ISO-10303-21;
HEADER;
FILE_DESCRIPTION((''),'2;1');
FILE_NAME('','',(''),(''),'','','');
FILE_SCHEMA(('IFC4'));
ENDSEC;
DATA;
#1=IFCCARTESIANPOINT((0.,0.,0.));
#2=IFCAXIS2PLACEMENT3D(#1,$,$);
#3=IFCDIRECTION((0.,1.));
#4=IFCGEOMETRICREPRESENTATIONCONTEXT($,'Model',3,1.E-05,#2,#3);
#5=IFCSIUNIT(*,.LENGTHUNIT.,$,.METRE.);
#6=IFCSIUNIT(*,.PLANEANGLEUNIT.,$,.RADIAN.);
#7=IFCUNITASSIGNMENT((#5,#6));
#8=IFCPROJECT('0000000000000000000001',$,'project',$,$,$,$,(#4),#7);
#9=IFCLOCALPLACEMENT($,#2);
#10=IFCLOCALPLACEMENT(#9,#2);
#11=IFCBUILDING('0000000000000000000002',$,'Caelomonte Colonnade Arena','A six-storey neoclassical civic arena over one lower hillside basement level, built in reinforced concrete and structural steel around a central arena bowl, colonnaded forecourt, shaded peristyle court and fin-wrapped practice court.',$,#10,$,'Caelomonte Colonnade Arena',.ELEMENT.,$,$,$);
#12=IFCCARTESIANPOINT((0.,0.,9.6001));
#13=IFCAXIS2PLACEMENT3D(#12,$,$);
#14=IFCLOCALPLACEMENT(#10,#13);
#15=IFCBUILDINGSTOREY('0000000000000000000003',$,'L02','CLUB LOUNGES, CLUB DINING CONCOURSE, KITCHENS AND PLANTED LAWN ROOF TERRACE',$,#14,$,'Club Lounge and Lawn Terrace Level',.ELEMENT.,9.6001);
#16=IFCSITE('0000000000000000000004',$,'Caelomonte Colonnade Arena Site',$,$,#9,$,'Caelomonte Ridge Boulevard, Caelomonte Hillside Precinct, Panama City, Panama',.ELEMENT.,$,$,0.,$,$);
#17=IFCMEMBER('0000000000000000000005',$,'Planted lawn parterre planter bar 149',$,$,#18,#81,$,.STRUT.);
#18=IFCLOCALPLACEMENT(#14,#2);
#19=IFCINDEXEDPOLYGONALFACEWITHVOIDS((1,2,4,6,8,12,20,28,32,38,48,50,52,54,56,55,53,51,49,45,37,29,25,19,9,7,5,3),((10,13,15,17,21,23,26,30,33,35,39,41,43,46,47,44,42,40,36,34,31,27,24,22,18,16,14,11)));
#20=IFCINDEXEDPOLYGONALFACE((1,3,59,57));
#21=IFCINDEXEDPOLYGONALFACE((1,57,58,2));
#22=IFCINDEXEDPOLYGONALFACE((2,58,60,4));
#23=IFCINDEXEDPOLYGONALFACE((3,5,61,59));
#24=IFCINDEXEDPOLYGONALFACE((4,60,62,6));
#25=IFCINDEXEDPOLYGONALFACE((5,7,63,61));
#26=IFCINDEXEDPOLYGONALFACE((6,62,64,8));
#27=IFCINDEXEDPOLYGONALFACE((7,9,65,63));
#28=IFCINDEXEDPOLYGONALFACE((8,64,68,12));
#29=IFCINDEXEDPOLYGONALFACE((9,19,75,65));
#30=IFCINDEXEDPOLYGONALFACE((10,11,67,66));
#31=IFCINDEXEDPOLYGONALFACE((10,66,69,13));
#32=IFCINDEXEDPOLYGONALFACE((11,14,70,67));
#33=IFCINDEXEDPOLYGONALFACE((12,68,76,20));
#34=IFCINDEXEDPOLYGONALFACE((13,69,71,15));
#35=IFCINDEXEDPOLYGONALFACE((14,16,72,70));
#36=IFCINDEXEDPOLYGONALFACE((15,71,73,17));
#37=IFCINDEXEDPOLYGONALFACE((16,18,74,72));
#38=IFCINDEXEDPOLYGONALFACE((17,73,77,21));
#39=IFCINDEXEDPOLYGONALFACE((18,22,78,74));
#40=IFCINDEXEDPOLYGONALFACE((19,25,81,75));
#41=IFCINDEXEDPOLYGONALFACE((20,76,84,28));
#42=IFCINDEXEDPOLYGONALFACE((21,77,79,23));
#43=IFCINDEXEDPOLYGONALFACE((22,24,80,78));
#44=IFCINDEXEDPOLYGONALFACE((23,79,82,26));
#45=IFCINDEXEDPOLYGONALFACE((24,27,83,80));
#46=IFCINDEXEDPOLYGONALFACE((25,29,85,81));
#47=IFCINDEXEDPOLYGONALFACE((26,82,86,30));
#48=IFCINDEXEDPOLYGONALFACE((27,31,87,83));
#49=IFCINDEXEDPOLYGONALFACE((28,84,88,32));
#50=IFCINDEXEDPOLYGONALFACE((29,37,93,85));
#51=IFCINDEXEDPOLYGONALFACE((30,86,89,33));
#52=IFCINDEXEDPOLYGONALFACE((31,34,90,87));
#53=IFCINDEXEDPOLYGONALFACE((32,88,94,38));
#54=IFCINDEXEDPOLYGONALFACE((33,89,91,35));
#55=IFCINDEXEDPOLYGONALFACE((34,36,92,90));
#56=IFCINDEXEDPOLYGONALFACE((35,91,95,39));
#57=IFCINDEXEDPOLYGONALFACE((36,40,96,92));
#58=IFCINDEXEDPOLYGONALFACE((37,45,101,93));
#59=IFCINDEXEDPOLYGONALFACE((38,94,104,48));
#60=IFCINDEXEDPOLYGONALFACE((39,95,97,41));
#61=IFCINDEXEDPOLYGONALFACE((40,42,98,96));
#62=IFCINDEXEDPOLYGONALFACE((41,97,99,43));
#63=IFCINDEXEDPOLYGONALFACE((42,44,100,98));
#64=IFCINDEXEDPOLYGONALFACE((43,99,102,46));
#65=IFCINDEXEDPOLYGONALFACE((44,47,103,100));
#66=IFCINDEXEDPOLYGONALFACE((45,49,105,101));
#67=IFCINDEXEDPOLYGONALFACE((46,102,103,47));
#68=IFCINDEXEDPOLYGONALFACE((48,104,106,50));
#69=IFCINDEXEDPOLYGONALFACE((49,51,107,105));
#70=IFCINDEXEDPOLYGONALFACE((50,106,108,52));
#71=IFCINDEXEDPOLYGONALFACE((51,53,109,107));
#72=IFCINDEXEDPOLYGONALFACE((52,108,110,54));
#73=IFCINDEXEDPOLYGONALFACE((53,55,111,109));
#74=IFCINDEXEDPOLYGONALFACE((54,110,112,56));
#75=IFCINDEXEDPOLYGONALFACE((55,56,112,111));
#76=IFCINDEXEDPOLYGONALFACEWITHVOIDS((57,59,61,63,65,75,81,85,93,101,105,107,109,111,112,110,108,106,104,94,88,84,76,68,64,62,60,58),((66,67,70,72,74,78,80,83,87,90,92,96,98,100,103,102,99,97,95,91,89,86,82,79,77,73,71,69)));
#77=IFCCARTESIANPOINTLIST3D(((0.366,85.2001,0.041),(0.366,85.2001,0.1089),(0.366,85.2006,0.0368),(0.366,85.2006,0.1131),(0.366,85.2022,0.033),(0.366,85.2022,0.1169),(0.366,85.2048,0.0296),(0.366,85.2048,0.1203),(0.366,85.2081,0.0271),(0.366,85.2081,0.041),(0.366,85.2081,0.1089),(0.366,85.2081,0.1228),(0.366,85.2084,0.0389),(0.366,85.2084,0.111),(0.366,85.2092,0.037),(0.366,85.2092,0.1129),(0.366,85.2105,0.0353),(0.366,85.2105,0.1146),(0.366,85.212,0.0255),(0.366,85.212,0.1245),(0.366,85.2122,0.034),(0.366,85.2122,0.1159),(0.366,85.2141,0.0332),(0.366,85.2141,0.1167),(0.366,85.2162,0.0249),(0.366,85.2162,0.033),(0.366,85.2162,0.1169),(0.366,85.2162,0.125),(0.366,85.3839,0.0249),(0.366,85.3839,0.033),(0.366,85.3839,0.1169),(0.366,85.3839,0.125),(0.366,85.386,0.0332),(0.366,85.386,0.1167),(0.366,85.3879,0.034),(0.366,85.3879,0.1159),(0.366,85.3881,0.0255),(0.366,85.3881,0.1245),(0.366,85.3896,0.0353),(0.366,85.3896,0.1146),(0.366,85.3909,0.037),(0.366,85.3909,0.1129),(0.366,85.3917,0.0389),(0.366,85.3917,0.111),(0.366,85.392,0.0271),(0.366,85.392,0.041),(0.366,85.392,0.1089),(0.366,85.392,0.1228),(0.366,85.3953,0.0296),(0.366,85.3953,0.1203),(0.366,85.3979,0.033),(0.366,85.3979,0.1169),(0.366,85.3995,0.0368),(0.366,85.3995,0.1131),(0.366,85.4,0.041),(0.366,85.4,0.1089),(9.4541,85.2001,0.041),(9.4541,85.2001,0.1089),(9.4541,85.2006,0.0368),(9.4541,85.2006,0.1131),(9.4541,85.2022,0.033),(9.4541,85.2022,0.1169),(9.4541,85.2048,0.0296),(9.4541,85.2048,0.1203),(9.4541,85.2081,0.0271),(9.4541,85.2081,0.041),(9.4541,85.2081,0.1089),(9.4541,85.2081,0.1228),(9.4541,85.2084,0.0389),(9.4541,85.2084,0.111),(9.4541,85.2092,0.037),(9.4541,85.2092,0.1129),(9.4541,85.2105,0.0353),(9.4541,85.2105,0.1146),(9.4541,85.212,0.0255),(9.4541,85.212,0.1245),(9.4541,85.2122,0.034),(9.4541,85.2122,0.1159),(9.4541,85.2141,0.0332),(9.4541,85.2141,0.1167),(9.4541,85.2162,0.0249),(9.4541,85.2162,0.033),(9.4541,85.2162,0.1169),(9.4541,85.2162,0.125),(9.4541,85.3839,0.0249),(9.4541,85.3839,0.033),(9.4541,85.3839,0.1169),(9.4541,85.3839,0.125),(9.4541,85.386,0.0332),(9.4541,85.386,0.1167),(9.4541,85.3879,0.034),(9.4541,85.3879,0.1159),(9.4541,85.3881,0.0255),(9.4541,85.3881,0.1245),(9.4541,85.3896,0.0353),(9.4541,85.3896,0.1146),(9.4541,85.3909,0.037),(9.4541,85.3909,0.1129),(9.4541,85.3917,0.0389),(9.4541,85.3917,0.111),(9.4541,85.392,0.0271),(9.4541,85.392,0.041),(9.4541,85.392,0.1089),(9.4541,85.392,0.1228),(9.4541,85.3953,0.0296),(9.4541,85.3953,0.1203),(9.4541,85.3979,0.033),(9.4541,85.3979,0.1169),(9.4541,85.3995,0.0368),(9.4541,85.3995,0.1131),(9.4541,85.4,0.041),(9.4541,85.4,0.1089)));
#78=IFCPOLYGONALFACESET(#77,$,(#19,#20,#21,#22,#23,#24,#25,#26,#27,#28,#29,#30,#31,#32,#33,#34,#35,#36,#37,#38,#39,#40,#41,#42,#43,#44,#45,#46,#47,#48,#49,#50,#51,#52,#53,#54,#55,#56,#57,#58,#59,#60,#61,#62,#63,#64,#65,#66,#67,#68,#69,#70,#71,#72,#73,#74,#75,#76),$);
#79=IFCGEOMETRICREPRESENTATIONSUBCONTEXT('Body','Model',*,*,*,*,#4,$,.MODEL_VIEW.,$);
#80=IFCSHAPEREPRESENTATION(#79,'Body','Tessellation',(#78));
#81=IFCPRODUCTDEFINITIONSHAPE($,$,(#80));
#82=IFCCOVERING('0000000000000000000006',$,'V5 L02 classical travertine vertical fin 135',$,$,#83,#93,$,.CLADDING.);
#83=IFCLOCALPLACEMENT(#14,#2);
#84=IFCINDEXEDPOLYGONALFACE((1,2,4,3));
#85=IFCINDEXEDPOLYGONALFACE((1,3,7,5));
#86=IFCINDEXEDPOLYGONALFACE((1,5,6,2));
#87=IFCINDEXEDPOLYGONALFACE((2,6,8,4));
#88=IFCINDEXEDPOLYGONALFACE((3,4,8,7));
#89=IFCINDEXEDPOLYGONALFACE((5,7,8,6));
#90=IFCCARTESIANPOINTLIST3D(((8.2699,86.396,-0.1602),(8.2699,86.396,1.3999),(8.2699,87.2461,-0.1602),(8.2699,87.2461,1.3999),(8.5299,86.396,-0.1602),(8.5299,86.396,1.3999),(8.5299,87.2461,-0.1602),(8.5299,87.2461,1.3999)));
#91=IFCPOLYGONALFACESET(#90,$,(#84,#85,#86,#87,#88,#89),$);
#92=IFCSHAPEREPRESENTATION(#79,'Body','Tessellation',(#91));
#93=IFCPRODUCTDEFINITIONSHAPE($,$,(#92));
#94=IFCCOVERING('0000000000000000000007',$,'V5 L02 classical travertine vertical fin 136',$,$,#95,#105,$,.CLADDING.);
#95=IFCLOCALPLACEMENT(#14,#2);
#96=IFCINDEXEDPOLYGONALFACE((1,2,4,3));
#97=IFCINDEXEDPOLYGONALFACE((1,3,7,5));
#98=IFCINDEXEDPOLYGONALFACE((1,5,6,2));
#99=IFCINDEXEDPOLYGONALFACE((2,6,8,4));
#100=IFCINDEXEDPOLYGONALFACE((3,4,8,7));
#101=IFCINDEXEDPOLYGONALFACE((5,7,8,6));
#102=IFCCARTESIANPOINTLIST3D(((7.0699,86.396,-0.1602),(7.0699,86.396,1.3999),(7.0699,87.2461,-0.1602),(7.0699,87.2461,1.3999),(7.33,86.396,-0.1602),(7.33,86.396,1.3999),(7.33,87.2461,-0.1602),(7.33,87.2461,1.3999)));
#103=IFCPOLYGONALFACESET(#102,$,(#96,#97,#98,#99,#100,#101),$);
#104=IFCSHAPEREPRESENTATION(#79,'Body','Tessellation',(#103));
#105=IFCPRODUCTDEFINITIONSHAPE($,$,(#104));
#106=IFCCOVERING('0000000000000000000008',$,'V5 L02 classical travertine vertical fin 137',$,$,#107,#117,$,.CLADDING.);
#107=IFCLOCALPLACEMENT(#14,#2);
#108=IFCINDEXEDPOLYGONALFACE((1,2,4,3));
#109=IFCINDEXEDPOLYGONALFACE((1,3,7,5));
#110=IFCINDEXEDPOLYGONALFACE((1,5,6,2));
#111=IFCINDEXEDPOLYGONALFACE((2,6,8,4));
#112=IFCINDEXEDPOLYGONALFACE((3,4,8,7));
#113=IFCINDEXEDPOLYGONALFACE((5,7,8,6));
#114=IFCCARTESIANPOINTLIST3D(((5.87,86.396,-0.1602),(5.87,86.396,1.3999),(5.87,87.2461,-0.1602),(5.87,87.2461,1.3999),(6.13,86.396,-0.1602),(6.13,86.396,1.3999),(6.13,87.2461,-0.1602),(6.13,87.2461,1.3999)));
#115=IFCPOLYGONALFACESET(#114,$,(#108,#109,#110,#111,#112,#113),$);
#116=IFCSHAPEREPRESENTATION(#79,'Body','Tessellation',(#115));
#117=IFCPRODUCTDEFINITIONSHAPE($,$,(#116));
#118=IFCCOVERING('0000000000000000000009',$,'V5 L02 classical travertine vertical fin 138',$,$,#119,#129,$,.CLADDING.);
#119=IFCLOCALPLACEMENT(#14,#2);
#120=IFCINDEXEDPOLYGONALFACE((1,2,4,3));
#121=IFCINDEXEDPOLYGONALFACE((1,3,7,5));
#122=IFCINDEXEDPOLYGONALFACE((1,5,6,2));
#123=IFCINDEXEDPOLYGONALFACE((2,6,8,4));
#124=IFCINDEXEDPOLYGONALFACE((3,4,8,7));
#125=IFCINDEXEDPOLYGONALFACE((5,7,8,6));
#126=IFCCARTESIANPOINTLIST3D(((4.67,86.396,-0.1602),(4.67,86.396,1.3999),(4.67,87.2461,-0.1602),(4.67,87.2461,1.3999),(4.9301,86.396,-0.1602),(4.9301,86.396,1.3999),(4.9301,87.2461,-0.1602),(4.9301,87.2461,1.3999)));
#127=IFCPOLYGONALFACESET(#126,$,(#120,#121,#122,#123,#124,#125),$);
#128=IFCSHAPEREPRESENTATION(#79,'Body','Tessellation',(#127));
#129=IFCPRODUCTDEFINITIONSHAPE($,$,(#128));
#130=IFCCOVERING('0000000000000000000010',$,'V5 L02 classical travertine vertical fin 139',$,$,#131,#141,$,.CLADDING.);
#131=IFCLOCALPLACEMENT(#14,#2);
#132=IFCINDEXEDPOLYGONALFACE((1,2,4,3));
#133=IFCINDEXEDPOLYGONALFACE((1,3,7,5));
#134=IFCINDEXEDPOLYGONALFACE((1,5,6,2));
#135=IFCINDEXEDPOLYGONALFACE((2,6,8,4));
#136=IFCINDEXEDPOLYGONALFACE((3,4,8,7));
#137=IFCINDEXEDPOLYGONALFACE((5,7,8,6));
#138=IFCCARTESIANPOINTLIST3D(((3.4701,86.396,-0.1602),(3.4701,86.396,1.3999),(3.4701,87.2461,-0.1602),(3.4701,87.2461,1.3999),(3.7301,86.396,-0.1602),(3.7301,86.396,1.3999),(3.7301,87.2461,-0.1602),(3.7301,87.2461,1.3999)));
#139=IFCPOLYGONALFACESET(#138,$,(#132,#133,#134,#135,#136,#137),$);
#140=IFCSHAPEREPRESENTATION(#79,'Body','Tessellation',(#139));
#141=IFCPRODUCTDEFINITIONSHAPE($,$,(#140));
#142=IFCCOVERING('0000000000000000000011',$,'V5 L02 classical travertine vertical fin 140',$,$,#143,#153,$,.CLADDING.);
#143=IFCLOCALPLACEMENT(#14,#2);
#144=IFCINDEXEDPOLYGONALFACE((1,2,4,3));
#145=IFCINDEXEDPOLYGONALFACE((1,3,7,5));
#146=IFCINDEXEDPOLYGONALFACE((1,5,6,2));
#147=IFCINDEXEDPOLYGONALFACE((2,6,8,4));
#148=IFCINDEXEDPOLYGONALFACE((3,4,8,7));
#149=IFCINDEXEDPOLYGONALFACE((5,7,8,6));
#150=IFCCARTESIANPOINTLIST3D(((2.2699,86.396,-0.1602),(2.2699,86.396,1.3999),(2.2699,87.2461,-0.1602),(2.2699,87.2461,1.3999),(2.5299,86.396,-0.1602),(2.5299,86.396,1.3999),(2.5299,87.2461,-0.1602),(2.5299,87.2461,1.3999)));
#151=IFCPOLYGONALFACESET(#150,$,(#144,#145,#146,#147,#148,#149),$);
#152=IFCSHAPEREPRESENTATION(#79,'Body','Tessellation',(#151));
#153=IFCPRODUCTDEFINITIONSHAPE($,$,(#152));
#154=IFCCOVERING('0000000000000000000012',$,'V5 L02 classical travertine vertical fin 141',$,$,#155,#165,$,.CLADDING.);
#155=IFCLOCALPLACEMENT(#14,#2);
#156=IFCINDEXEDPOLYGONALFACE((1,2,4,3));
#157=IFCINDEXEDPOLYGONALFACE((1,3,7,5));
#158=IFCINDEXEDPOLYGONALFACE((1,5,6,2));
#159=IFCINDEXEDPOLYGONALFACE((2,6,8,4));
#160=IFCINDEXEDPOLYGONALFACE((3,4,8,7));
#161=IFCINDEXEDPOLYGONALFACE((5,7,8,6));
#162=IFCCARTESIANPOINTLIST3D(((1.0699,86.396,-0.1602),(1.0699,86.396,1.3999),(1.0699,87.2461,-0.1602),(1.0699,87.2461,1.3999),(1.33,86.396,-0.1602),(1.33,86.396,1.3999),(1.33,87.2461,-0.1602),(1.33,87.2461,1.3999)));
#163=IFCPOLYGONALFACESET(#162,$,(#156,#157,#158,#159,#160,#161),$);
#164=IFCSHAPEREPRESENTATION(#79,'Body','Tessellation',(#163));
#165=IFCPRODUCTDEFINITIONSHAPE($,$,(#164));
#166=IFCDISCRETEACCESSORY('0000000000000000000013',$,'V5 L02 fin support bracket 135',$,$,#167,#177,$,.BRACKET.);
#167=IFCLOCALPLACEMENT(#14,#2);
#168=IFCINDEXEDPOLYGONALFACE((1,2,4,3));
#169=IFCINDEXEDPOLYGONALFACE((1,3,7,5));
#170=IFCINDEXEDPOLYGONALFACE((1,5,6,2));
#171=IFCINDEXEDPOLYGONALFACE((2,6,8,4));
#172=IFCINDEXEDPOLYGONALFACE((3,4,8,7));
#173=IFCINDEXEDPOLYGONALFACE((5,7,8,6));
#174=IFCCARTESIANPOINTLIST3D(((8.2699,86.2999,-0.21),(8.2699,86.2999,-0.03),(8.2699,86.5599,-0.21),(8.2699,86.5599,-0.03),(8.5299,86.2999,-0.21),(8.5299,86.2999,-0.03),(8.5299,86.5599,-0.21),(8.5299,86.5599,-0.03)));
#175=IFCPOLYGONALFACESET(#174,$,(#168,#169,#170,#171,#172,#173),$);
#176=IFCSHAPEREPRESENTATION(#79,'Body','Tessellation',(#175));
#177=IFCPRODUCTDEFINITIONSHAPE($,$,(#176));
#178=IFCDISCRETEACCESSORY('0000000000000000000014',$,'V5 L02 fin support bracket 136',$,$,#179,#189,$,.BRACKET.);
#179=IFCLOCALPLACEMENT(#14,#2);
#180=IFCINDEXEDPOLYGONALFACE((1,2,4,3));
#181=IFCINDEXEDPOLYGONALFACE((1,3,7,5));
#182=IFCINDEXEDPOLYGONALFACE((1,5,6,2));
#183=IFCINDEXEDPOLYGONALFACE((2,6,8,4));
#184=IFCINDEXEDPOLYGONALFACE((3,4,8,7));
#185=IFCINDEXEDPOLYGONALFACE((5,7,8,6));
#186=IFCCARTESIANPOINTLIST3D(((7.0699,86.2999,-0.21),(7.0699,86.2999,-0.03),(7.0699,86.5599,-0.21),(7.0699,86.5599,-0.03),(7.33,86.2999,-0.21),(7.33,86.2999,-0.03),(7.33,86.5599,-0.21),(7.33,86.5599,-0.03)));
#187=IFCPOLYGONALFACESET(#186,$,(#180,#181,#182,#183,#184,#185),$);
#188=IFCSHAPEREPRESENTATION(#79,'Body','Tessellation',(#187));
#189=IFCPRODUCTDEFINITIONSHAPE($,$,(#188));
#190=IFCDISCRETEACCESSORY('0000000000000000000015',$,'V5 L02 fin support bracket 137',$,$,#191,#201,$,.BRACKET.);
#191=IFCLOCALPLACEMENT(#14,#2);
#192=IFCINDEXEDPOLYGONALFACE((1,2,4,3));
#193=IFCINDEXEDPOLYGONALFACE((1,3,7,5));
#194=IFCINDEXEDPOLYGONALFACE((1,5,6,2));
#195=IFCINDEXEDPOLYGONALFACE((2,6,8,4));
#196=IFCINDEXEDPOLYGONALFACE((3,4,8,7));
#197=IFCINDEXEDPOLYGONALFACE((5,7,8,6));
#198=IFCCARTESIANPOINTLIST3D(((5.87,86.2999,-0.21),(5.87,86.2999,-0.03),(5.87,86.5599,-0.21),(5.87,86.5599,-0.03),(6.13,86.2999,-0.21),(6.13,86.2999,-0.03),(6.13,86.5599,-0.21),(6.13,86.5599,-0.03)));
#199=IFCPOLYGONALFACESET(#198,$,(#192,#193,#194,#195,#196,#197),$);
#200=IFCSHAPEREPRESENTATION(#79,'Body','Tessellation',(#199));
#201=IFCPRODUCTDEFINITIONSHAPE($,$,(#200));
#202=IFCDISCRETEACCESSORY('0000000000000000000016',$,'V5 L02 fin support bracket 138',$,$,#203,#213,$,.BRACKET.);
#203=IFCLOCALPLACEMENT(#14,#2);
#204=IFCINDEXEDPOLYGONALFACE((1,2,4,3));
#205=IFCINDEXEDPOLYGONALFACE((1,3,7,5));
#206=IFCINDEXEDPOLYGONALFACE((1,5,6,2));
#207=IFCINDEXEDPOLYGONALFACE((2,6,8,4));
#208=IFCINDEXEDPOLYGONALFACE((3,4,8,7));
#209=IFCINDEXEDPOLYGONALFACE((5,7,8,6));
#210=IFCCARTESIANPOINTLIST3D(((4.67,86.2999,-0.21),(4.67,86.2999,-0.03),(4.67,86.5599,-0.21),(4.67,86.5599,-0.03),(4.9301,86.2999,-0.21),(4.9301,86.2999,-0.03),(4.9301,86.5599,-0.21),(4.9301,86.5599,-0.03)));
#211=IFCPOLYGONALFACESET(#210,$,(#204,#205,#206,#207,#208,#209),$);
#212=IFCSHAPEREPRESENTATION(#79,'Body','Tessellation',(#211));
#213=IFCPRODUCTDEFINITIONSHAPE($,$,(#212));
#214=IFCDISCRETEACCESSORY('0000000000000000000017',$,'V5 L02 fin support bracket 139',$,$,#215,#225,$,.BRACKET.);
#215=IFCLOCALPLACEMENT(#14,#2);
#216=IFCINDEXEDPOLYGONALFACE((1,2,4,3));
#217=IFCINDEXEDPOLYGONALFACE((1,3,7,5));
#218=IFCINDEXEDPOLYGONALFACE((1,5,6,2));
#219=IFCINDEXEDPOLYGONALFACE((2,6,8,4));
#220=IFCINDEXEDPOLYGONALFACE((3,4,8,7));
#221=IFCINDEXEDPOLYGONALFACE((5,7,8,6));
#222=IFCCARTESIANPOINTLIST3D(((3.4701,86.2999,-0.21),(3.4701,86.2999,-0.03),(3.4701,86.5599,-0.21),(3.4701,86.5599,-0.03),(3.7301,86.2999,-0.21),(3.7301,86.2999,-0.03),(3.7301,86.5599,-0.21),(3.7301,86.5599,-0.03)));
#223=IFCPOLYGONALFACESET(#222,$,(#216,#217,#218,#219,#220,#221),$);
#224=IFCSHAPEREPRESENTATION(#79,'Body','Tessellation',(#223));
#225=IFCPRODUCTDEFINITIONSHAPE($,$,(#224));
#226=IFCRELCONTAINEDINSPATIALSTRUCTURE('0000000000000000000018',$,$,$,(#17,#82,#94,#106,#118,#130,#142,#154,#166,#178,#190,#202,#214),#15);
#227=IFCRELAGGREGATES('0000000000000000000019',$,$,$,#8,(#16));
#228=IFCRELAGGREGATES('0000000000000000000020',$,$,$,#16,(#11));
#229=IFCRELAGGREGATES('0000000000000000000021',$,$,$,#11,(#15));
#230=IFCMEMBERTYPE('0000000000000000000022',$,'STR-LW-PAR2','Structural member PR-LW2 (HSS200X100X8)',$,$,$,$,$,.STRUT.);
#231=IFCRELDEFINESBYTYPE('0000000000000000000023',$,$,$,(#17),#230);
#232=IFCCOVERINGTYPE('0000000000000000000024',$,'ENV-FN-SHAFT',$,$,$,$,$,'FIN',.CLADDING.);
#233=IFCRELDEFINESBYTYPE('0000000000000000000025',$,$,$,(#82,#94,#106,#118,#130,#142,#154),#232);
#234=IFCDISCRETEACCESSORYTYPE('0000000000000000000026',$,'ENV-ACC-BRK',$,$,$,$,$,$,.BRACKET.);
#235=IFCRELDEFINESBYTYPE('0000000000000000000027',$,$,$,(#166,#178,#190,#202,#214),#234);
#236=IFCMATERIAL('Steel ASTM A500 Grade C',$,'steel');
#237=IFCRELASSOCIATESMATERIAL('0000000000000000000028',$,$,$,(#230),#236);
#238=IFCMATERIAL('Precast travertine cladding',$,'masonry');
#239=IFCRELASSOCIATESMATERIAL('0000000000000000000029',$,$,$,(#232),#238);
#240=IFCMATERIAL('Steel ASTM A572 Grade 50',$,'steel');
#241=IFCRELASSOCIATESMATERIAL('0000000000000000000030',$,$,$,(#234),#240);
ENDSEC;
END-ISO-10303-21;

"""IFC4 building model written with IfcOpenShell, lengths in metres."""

from ifc_helpers import new_model, si_unit, direction, frame, origin, origin_2d, place, context, subcontext, project, spatial, rectangle, hollow_rectangle, extrude, material, material_profile, profile_set, type_object, element, save


model = new_model("IFC4")

# Units and contexts
model_context = context("Model", 3, precision=1e-05, world=origin(), true_north=direction((0.0, 1.0)))
body_context = subcontext(model_context, "Body", "Model", "MODEL_VIEW")
ifc_project = project(units=[si_unit("LENGTHUNIT", "METRE"), si_unit("PLANEANGLEUNIT", "RADIAN")], contexts=[model_context])

# Site, building, storey
site_placement = place(None, origin())
site = spatial("IfcSite", under=ifc_project, at=site_placement, Name="Caelomonte Colonnade Arena Site", LongName="Caelomonte Ridge Boulevard, Caelomonte Hillside Precinct, Panama City, Panama", CompositionType="ELEMENT", RefElevation=0.0)
building_placement = place(site_placement, origin())
building = spatial("IfcBuilding", under=site, at=building_placement, Name="Caelomonte Colonnade Arena", Description="A six-storey neoclassical civic arena over one lower hillside basement level, built in reinforced concrete and structural steel around a central arena bowl, colonnaded forecourt, shaded peristyle court and fin-wrapped practice court.", LongName="Caelomonte Colonnade Arena", CompositionType="ELEMENT")
storey_placement = place(building_placement, frame((0.0, 0.0, 9.6001)))
storey = spatial("IfcBuildingStorey", under=building, at=storey_placement, Name="L02", Description="CLUB LOUNGES, CLUB DINING CONCOURSE, KITCHENS AND PLANTED LAWN ROOF TERRACE", LongName="Club Lounge and Lawn Terrace Level", CompositionType="ELEMENT", Elevation=9.6001)

# Member
ifc_material_1 = material(Name="Steel ASTM A500 Grade C", Category="steel")
ifc_material_profile_1 = material_profile(ifc_material_1, hollow_rectangle(XDim=0.2, YDim=0.1001, WallThickness=0.0081, InnerFilletRadius=0.0081, OuterFilletRadius=0.0161, at=origin_2d()), Name="HSS200X100X8")
ifc_profile_set_1 = profile_set([ifc_material_profile_1], Name="Steel ASTM A500 Grade C")
member_type_1 = type_object("IfcMemberType", Name="STR-LW-PAR2", Description="Structural member PR-LW2 (HSS200X100X8)", PredefinedType="STRUT", material=ifc_profile_set_1)
for number, where, z_axis, x_axis, name in (
    (1, (0.366, 85.3, 0.075), (1.0, 0.0, 0.0), (0.0, 1.0, 0.0), "Planted lawn parterre planter bar 149"),
):
    element("IfcMember", number, at=place(storey_placement, frame(where, z_axis=z_axis, x_axis=x_axis)), inside=storey, type_object=member_type_1, Name=name, PredefinedType="STRUT", context=body_context, shape_type="SweptSolid", body=[
        extrude(hollow_rectangle(XDim=0.2, YDim=0.1001, WallThickness=0.0081, InnerFilletRadius=0.0081, OuterFilletRadius=0.0161, at=origin_2d()), origin(), (0.0, 0.0, 1.0), 9.0881),
    ])

# Coverings
ifc_material_2 = material(Name="Precast travertine cladding", Category="masonry")
ifc_material_profile_2 = material_profile(ifc_material_2, rectangle(XDim=0.26, YDim=0.8501, at=origin_2d()), Name="FIN260X850")
ifc_profile_set_2 = profile_set([ifc_material_profile_2], Name="Precast travertine cladding")
covering_type = type_object("IfcCoveringType", Name="ENV-FN-SHAFT", ElementType="FIN", PredefinedType="CLADDING", material=ifc_profile_set_2)
for number, where, z_axis, x_axis, name in (
    (2, (8.3999, 86.821, -0.1602), (0.0, 0.0, 1.0), (1.0, 0.0, 0.0), "V5 L02 classical travertine vertical fin 135"),
    (3, (7.2, 86.821, -0.1602), (0.0, 0.0, 1.0), (1.0, 0.0, 0.0), "V5 L02 classical travertine vertical fin 136"),
    (4, (6.0, 86.821, -0.1602), (0.0, 0.0, 1.0), (1.0, 0.0, 0.0), "V5 L02 classical travertine vertical fin 137"),
    (5, (4.8, 86.821, -0.1602), (0.0, 0.0, 1.0), (1.0, 0.0, 0.0), "V5 L02 classical travertine vertical fin 138"),
    (6, (3.6001, 86.821, -0.1602), (0.0, 0.0, 1.0), (1.0, 0.0, 0.0), "V5 L02 classical travertine vertical fin 139"),
    (7, (2.3999, 86.821, -0.1602), (0.0, 0.0, 1.0), (1.0, 0.0, 0.0), "V5 L02 classical travertine vertical fin 140"),
    (8, (1.2, 86.821, -0.1602), (0.0, 0.0, 1.0), (1.0, 0.0, 0.0), "V5 L02 classical travertine vertical fin 141"),
):
    element("IfcCovering", number, at=place(storey_placement, frame(where, z_axis=z_axis, x_axis=x_axis)), inside=storey, type_object=covering_type, Name=name, PredefinedType="CLADDING", context=body_context, shape_type="SweptSolid", body=[
        extrude(rectangle(XDim=0.26, YDim=0.8501, at=origin_2d()), origin(), (0.0, 0.0, 1.0), 1.5601),
    ])

# Discrete accessories
ifc_material_3 = material(Name="Steel ASTM A572 Grade 50", Category="steel")
discrete_accessory_type = type_object("IfcDiscreteAccessoryType", Name="ENV-ACC-BRK", PredefinedType="BRACKET", material=ifc_material_3)
for number, where, z_axis, x_axis, name in (
    (9, (8.3999, 86.4299, -0.21), (0.0, 0.0, 1.0), (-1.0, 0.0, 0.0), "V5 L02 fin support bracket 135"),
    (10, (7.2, 86.4299, -0.21), (0.0, 0.0, 1.0), (-1.0, 0.0, 0.0), "V5 L02 fin support bracket 136"),
    (11, (6.0, 86.4299, -0.21), (0.0, 0.0, 1.0), (-1.0, 0.0, 0.0), "V5 L02 fin support bracket 137"),
    (12, (4.8, 86.4299, -0.21), (0.0, 0.0, 1.0), (-1.0, 0.0, 0.0), "V5 L02 fin support bracket 138"),
    (13, (3.6001, 86.4299, -0.21), (0.0, 0.0, 1.0), (-1.0, 0.0, 0.0), "V5 L02 fin support bracket 139"),
):
    element("IfcDiscreteAccessory", number, at=place(storey_placement, frame(where, z_axis=z_axis, x_axis=x_axis)), inside=storey, type_object=discrete_accessory_type, Name=name, PredefinedType="BRACKET", context=body_context, shape_type="SweptSolid", body=[
        extrude(rectangle(XDim=0.26, YDim=0.26, at=origin_2d()), origin(), (0.0, 0.0, 1.0), 0.1799),
    ])

save(model, "model.ifc")
